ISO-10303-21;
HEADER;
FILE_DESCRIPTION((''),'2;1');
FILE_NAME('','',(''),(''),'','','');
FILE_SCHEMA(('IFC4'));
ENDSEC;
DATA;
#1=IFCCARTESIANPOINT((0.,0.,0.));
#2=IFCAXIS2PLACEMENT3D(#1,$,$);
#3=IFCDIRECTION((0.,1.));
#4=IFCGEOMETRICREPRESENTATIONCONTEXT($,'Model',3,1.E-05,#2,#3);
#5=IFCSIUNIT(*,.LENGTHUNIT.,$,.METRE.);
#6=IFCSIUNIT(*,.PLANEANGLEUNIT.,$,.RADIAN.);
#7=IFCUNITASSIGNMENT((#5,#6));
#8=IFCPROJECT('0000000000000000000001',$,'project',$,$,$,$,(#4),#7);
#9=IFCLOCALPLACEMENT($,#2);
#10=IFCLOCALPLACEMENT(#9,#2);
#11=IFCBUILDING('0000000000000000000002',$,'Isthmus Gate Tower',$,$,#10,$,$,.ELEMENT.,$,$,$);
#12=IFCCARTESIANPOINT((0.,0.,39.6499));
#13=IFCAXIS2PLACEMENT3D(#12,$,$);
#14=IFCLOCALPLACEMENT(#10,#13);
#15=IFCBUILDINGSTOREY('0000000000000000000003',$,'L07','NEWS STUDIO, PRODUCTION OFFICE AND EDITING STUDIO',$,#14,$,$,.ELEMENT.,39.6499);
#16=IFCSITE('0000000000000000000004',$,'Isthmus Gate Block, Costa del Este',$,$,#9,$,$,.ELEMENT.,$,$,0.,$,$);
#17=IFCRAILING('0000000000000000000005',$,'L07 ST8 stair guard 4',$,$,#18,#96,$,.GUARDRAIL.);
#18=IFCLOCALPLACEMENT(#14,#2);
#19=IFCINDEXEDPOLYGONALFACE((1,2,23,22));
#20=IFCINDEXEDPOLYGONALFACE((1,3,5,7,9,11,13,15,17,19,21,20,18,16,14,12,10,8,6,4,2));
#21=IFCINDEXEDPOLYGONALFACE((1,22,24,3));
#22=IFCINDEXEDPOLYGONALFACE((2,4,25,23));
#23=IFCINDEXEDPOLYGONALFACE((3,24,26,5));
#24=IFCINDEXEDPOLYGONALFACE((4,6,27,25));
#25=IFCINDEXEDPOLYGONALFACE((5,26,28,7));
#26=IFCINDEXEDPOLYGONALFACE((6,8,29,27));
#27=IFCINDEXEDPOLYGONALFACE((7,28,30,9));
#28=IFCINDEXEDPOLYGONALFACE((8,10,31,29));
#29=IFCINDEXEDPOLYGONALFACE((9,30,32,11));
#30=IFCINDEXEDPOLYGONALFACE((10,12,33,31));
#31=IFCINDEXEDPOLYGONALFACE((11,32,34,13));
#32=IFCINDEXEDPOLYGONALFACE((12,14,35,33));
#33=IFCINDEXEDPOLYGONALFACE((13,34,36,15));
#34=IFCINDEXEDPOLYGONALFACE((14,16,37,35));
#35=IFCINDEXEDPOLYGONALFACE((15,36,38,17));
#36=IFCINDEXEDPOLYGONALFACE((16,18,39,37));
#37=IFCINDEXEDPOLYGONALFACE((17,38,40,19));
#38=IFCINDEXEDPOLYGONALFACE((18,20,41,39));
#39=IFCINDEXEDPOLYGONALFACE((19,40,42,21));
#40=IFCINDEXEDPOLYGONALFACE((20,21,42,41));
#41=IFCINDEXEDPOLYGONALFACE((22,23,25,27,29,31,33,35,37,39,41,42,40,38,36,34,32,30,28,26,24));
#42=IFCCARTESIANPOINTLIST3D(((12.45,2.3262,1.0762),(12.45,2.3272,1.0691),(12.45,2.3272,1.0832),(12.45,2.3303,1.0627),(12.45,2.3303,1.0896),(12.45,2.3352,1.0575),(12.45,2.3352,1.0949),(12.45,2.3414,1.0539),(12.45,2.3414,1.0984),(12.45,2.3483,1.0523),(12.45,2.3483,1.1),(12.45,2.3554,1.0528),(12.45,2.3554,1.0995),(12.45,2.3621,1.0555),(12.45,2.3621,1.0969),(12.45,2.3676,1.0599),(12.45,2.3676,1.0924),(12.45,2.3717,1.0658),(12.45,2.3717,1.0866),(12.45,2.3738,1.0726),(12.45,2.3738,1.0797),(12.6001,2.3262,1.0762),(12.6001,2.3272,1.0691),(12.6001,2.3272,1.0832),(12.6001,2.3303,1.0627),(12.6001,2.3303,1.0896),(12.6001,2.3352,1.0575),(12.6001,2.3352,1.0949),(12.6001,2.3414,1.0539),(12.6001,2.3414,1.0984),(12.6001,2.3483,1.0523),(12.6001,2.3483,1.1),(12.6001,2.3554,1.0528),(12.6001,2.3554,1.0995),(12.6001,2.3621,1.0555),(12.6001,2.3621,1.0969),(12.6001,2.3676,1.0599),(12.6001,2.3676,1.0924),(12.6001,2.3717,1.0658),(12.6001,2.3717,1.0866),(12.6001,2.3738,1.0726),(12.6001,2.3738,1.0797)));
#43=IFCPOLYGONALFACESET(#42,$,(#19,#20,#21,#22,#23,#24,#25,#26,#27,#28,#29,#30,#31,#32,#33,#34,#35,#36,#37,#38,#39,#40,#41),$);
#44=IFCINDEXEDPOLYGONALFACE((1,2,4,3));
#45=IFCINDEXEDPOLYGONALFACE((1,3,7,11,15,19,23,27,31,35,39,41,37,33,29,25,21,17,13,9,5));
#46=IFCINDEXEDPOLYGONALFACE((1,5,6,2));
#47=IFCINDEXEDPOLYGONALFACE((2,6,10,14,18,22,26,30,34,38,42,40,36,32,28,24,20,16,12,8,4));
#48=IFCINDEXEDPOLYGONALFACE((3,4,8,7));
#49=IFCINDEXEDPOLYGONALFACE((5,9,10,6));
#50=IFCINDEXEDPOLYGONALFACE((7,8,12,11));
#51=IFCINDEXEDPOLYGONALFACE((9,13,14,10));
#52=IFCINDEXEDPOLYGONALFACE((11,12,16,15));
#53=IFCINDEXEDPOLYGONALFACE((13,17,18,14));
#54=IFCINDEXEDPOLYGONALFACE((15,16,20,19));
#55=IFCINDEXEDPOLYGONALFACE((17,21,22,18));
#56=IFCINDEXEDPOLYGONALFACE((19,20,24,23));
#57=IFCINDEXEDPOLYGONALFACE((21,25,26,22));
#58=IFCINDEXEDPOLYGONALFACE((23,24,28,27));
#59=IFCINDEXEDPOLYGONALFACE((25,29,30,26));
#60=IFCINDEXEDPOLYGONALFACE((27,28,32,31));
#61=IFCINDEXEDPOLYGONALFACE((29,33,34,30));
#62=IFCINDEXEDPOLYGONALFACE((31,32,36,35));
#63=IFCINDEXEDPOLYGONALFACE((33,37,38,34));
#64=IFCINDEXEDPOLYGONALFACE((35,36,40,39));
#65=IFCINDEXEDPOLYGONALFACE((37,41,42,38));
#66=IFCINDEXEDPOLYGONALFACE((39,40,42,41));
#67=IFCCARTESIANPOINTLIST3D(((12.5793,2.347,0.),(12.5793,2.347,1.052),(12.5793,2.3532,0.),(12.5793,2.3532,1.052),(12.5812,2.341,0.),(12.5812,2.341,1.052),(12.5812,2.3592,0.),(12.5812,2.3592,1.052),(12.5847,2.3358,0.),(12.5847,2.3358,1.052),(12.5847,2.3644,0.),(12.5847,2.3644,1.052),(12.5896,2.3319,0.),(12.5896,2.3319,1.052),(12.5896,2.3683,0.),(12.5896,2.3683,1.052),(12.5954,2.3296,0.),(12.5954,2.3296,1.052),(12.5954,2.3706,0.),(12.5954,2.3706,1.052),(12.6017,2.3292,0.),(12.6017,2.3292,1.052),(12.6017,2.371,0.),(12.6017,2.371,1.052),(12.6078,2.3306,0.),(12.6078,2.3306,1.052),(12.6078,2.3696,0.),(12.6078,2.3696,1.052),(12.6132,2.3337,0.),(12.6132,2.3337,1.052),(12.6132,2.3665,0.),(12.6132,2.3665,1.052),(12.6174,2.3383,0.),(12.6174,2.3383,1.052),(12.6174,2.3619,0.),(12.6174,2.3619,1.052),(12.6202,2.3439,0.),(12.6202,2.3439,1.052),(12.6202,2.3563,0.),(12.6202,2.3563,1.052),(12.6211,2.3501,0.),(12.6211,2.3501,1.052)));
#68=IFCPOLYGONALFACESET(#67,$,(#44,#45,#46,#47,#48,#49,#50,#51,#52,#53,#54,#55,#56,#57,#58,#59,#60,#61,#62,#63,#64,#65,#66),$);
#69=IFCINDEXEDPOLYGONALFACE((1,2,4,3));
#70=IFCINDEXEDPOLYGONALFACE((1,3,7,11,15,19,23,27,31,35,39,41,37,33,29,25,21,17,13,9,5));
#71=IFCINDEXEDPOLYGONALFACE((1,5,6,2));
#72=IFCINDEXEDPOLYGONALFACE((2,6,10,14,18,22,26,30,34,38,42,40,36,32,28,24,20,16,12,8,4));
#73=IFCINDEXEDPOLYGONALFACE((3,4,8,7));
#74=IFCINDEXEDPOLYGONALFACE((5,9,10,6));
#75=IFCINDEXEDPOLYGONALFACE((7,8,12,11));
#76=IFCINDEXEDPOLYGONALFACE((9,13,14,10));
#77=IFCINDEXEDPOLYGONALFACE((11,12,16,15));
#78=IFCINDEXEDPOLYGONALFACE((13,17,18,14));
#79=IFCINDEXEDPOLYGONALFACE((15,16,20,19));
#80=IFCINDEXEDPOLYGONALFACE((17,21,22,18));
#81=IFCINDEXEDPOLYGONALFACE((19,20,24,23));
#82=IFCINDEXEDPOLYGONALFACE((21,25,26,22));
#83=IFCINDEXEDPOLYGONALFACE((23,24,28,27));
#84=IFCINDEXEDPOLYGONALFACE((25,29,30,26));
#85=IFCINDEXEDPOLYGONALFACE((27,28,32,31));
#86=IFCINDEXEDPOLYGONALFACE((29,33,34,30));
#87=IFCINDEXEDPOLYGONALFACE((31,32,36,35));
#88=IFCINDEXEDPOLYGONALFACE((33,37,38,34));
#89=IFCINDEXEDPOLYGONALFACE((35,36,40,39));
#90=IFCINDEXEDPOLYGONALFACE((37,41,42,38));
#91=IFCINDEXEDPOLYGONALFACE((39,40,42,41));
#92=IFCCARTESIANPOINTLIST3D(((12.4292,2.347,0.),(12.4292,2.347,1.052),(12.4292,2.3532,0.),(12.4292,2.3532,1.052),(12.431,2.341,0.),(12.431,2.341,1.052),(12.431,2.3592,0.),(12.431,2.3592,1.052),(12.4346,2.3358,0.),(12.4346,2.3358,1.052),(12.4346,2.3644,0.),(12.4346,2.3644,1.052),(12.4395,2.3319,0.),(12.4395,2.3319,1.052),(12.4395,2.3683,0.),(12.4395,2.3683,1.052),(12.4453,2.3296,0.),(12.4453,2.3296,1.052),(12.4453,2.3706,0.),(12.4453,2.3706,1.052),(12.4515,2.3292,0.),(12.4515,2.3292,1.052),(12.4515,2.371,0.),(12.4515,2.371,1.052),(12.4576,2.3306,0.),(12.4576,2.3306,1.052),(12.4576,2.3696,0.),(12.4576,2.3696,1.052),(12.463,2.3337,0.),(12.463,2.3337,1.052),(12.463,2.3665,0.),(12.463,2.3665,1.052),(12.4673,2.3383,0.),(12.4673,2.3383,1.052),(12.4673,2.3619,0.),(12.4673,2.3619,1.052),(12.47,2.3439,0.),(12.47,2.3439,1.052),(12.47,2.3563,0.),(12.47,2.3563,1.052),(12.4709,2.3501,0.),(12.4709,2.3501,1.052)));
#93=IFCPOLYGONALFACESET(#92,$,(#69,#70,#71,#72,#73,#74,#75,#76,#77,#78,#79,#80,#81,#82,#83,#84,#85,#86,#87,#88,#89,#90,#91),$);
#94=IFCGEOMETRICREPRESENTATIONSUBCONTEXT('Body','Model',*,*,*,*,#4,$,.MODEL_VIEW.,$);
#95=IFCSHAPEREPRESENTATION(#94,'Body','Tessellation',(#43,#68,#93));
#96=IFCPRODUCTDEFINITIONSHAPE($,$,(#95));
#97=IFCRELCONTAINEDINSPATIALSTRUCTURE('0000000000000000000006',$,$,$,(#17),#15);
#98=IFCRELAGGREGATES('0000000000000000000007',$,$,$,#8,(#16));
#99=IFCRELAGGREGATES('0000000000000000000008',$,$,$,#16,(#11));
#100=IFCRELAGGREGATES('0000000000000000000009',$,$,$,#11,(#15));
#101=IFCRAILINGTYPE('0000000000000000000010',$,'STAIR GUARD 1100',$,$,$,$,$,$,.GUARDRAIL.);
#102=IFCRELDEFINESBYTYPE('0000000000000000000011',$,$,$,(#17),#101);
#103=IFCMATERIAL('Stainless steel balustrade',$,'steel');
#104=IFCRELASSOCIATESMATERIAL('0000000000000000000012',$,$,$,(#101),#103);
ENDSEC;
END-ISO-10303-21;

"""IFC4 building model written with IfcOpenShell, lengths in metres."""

from ifc_helpers import new_model, si_unit, direction, frame, origin, origin_2d, place, context, subcontext, project, spatial, circle, extrude, material, type_object, element, save


model = new_model("IFC4")

# Units and contexts
model_context = context("Model", 3, precision=1e-05, world=origin(), true_north=direction((0.0, 1.0)))
body_context = subcontext(model_context, "Body", "Model", "MODEL_VIEW")
ifc_project = project(units=[si_unit("LENGTHUNIT", "METRE"), si_unit("PLANEANGLEUNIT", "RADIAN")], contexts=[model_context])

# Site, building, storey
site_placement = place(None, origin())
site = spatial("IfcSite", under=ifc_project, at=site_placement, Name="Isthmus Gate Block, Costa del Este", CompositionType="ELEMENT", RefElevation=0.0)
building_placement = place(site_placement, origin())
building = spatial("IfcBuilding", under=site, at=building_placement, Name="Isthmus Gate Tower", CompositionType="ELEMENT")
storey_placement = place(building_placement, frame((0.0, 0.0, 39.6499)))
storey = spatial("IfcBuildingStorey", under=building, at=storey_placement, Name="L07", Description="NEWS STUDIO, PRODUCTION OFFICE AND EDITING STUDIO", CompositionType="ELEMENT", Elevation=39.6499)

# Railing
ifc_material_1 = material(Name="Stainless steel balustrade", Category="steel")
railing_type_1 = type_object("IfcRailingType", Name="STAIR GUARD 1100", PredefinedType="GUARDRAIL", material=ifc_material_1)
railing_1_placement = place(storey_placement, frame((12.6001, 2.3501, 0.0)))
element("IfcRailing", 1, at=railing_1_placement, inside=storey, type_object=railing_type_1, Name="L07 ST8 stair guard 4", PredefinedType="GUARDRAIL", context=body_context, shape_type="SweptSolid", body=[
    extrude(circle(Radius=0.0239, at=origin_2d()), frame((0.0, 0.0, 1.0762), z_axis=(-1.0, 0.0, 0.0), x_axis=(0.0, -1.0, 0.0)), (0.0, 0.0, 1.0), 0.1501),
    extrude(circle(Radius=0.021, at=origin_2d()), origin(), (0.0, 0.0, 1.0), 1.052),
    extrude(circle(Radius=0.021, at=origin_2d()), frame((-0.1501, 0.0, 0.0)), (0.0, 0.0, 1.0), 1.052),
])

save(model, "model.ifc")
